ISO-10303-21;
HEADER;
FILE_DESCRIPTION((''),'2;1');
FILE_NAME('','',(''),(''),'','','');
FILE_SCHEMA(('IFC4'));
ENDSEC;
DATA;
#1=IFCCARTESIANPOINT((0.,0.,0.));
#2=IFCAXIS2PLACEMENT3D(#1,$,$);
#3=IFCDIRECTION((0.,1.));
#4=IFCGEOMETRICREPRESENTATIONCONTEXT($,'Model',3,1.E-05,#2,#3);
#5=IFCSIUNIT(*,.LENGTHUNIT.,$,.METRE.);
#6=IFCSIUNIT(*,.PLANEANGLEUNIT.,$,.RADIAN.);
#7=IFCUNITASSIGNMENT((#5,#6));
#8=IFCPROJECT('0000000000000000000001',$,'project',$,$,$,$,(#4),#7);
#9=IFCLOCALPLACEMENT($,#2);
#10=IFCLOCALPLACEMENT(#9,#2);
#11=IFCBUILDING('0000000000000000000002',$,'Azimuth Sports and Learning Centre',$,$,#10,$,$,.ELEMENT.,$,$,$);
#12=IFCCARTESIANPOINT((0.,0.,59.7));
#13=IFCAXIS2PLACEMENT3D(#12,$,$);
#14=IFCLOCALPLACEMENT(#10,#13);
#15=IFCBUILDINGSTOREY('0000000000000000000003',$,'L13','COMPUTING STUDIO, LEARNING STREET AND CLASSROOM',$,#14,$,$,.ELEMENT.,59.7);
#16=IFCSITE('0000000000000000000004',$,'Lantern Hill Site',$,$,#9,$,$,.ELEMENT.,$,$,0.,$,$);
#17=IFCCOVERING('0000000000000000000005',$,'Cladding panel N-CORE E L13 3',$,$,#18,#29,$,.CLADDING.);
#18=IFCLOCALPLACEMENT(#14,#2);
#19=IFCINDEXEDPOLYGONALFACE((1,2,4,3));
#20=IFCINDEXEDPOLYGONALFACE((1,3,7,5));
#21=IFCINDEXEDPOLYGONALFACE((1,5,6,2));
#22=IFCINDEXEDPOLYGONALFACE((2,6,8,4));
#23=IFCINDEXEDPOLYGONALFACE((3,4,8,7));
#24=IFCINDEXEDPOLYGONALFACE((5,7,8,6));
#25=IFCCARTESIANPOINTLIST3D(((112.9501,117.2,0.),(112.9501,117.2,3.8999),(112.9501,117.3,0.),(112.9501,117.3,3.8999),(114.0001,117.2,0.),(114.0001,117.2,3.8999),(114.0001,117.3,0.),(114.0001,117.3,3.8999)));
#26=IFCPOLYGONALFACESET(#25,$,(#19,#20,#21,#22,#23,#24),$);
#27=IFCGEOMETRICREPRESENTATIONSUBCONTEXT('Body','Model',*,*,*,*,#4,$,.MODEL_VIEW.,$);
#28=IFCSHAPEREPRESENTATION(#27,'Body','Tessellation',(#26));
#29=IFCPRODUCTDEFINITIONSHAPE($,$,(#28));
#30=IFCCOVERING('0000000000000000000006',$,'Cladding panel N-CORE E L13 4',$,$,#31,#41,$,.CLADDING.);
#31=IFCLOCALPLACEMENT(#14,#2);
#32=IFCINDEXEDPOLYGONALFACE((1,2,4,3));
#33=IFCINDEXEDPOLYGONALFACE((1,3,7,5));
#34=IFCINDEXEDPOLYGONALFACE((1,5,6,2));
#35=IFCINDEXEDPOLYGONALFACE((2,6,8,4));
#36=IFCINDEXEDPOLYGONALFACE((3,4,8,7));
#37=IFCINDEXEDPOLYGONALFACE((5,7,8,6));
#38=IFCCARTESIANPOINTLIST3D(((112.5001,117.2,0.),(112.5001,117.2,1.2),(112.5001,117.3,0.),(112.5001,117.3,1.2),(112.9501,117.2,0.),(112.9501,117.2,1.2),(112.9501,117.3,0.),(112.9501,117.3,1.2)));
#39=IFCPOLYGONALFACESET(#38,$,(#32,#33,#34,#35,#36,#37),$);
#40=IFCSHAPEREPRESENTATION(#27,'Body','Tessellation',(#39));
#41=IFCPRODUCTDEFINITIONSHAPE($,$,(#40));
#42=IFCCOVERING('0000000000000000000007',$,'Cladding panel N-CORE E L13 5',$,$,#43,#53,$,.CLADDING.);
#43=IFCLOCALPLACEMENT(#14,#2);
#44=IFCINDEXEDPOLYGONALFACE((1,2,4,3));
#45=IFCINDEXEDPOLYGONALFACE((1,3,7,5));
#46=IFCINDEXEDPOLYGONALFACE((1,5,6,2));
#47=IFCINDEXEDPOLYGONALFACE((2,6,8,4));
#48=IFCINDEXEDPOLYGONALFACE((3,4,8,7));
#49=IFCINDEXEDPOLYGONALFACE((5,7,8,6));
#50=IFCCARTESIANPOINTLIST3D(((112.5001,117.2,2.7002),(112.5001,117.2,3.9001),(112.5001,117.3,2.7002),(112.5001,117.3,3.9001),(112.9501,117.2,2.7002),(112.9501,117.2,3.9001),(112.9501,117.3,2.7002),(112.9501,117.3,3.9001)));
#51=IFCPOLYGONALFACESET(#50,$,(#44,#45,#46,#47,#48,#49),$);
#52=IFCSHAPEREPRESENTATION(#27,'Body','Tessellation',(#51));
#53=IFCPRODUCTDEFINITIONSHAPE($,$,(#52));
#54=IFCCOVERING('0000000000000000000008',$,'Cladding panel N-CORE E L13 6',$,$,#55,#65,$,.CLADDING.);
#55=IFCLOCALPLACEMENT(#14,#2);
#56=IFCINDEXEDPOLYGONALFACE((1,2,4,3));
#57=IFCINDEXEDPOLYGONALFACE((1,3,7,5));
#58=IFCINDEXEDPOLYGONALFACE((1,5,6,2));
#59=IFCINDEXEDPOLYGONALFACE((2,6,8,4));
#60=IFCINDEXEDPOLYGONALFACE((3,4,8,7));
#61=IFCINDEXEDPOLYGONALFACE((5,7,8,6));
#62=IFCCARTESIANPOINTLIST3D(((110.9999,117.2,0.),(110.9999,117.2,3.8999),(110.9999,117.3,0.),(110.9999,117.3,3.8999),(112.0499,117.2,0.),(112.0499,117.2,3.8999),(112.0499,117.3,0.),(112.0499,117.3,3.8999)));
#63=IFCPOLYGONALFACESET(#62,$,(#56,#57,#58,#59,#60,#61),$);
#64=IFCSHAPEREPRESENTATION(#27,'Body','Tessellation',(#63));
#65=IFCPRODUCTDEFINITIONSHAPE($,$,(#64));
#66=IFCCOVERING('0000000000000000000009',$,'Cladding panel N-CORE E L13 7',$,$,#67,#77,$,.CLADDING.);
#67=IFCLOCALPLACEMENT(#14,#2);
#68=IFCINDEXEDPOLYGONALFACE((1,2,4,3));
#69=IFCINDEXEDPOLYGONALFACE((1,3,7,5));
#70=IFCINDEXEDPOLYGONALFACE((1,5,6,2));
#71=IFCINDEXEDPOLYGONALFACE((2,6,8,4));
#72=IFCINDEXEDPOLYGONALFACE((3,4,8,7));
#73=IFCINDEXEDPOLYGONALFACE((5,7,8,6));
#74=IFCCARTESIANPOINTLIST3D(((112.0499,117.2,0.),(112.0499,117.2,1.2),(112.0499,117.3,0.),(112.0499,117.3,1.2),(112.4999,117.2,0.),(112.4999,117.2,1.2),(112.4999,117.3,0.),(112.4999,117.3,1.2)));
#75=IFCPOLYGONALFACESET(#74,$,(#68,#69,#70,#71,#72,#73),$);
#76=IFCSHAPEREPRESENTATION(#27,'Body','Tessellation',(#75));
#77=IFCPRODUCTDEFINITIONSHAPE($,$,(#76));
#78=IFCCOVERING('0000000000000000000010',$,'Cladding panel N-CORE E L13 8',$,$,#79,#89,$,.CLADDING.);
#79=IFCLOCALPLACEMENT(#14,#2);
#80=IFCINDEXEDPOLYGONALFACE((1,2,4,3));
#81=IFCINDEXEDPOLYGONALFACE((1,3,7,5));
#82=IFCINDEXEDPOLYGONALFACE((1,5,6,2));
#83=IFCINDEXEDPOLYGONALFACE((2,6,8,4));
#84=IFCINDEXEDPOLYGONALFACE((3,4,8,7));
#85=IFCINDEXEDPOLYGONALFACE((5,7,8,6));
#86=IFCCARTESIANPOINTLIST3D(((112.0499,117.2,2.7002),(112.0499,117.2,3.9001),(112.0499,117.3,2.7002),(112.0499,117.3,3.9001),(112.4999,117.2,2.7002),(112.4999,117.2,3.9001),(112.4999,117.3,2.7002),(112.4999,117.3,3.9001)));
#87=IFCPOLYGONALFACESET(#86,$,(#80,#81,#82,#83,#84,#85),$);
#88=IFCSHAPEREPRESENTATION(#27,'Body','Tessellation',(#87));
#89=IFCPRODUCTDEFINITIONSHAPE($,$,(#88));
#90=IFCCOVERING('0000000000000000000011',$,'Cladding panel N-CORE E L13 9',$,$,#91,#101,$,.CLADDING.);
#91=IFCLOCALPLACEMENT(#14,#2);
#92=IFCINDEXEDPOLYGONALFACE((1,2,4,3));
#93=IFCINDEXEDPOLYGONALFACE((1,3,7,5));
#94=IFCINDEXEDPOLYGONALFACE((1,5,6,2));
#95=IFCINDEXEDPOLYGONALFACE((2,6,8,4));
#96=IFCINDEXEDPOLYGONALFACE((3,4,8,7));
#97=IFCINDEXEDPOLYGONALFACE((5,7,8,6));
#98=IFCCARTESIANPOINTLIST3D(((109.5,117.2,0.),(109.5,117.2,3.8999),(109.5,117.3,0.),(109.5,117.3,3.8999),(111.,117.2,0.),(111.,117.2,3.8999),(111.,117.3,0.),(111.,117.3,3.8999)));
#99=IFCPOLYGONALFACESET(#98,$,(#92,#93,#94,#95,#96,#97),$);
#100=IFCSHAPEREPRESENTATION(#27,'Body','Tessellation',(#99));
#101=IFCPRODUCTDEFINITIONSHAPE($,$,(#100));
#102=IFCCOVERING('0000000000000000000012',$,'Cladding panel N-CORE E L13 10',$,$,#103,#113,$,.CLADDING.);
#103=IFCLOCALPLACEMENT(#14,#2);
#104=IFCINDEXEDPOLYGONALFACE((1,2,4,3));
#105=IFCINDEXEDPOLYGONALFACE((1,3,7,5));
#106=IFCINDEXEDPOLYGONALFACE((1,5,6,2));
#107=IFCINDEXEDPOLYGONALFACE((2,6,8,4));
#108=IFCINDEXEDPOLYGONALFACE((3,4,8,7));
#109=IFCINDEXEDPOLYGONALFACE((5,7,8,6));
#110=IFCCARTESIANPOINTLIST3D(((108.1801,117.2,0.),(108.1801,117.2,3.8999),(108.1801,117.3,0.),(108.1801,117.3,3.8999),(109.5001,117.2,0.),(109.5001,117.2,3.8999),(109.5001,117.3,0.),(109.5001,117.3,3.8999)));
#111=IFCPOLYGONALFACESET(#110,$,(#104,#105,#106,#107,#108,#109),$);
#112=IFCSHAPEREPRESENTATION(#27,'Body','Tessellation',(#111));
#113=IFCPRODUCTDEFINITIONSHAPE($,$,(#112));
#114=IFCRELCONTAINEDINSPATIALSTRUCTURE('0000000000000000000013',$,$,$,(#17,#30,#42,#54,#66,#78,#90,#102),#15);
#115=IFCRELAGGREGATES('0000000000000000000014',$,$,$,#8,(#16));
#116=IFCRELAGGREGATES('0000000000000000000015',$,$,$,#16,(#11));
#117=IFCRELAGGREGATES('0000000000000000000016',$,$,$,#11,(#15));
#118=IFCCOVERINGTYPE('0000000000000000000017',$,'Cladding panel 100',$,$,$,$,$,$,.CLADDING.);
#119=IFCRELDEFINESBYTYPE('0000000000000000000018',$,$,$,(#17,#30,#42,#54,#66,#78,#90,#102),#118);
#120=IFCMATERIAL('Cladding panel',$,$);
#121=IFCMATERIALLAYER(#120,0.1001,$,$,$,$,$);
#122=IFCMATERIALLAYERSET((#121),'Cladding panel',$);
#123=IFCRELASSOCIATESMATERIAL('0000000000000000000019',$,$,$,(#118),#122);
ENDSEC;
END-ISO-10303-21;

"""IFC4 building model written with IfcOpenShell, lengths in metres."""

from ifc_helpers import new_model, si_unit, direction, frame, origin, origin_2d, place, context, subcontext, project, spatial, rectangle, extrude, material, layer, layer_set, type_object, element, save


model = new_model("IFC4")

# Units and contexts
model_context = context("Model", 3, precision=1e-05, world=origin(), true_north=direction((0.0, 1.0)))
body_context = subcontext(model_context, "Body", "Model", "MODEL_VIEW")
ifc_project = project(units=[si_unit("LENGTHUNIT", "METRE"), si_unit("PLANEANGLEUNIT", "RADIAN")], contexts=[model_context])

# Site, building, storey
site_placement = place(None, origin())
site = spatial("IfcSite", under=ifc_project, at=site_placement, Name="Lantern Hill Site", CompositionType="ELEMENT", RefElevation=0.0)
building_placement = place(site_placement, origin())
building = spatial("IfcBuilding", under=site, at=building_placement, Name="Azimuth Sports and Learning Centre", CompositionType="ELEMENT")
storey_placement = place(building_placement, frame((0.0, 0.0, 59.7)))
storey = spatial("IfcBuildingStorey", under=building, at=storey_placement, Name="L13", Description="COMPUTING STUDIO, LEARNING STREET AND CLASSROOM", CompositionType="ELEMENT", Elevation=59.7)

# Coverings
ifc_material_1 = material(Name="Cladding panel")
ifc_layer_1 = layer(ifc_material_1, 0.1001)
ifc_layer_set_1 = layer_set([ifc_layer_1], Name="Cladding panel")
covering_type = type_object("IfcCoveringType", Name="Cladding panel 100", PredefinedType="CLADDING", material=ifc_layer_set_1)
covering_1_placement = place(storey_placement, frame((113.4751, 117.25, 0.0), z_axis=(0.0, 0.0, 1.0), x_axis=(-1.0, 0.0, 0.0)))
element("IfcCovering", 1, at=covering_1_placement, inside=storey, type_object=covering_type, Name="Cladding panel N-CORE E L13 3", PredefinedType="CLADDING", context=body_context, shape_type="SweptSolid", body=[
    extrude(rectangle(XDim=1.05, YDim=0.1001, at=origin_2d()), origin(), (0.0, 0.0, 1.0), 3.8999),
])
for number, where, z_axis, x_axis, name in (
    (2, (112.7251, 117.25, 0.0), (0.0, 0.0, 1.0), (-1.0, 0.0, 0.0), "Cladding panel N-CORE E L13 4"),
    (3, (112.7251, 117.25, 2.7002), (0.0, 0.0, 1.0), (-1.0, 0.0, 0.0), "Cladding panel N-CORE E L13 5"),
):
    element("IfcCovering", number, at=place(storey_placement, frame(where, z_axis=z_axis, x_axis=x_axis)), inside=storey, type_object=covering_type, Name=name, PredefinedType="CLADDING", context=body_context, shape_type="SweptSolid", body=[
        extrude(rectangle(XDim=0.45, YDim=0.1001, at=origin_2d()), origin(), (0.0, 0.0, 1.0), 1.2),
    ])
covering_2_placement = place(storey_placement, frame((111.5249, 117.25, 0.0), z_axis=(0.0, 0.0, 1.0), x_axis=(-1.0, 0.0, 0.0)))
element("IfcCovering", 4, at=covering_2_placement, inside=storey, type_object=covering_type, Name="Cladding panel N-CORE E L13 6", PredefinedType="CLADDING", context=body_context, shape_type="SweptSolid", body=[
    extrude(rectangle(XDim=1.05, YDim=0.1001, at=origin_2d()), origin(), (0.0, 0.0, 1.0), 3.8999),
])
for number, where, z_axis, x_axis, name in (
    (5, (112.2749, 117.25, 0.0), (0.0, 0.0, 1.0), (-1.0, 0.0, 0.0), "Cladding panel N-CORE E L13 7"),
    (6, (112.2749, 117.25, 2.7002), (0.0, 0.0, 1.0), (-1.0, 0.0, 0.0), "Cladding panel N-CORE E L13 8"),
):
    element("IfcCovering", number, at=place(storey_placement, frame(where, z_axis=z_axis, x_axis=x_axis)), inside=storey, type_object=covering_type, Name=name, PredefinedType="CLADDING", context=body_context, shape_type="SweptSolid", body=[
        extrude(rectangle(XDim=0.45, YDim=0.1001, at=origin_2d()), origin(), (0.0, 0.0, 1.0), 1.2),
    ])
covering_3_placement = place(storey_placement, frame((110.25, 117.25, 0.0), z_axis=(0.0, 0.0, 1.0), x_axis=(-1.0, 0.0, 0.0)))
element("IfcCovering", 7, at=covering_3_placement, inside=storey, type_object=covering_type, Name="Cladding panel N-CORE E L13 9", PredefinedType="CLADDING", context=body_context, shape_type="SweptSolid", body=[
    extrude(rectangle(XDim=1.5, YDim=0.1001, at=origin_2d()), origin(), (0.0, 0.0, 1.0), 3.8999),
])
covering_4_placement = place(storey_placement, frame((108.8401, 117.25, 0.0), z_axis=(0.0, 0.0, 1.0), x_axis=(-1.0, 0.0, 0.0)))
element("IfcCovering", 8, at=covering_4_placement, inside=storey, type_object=covering_type, Name="Cladding panel N-CORE E L13 10", PredefinedType="CLADDING", context=body_context, shape_type="SweptSolid", body=[
    extrude(rectangle(XDim=1.3201, YDim=0.1001, at=origin_2d()), origin(), (0.0, 0.0, 1.0), 3.8999),
])

save(model, "model.ifc")
